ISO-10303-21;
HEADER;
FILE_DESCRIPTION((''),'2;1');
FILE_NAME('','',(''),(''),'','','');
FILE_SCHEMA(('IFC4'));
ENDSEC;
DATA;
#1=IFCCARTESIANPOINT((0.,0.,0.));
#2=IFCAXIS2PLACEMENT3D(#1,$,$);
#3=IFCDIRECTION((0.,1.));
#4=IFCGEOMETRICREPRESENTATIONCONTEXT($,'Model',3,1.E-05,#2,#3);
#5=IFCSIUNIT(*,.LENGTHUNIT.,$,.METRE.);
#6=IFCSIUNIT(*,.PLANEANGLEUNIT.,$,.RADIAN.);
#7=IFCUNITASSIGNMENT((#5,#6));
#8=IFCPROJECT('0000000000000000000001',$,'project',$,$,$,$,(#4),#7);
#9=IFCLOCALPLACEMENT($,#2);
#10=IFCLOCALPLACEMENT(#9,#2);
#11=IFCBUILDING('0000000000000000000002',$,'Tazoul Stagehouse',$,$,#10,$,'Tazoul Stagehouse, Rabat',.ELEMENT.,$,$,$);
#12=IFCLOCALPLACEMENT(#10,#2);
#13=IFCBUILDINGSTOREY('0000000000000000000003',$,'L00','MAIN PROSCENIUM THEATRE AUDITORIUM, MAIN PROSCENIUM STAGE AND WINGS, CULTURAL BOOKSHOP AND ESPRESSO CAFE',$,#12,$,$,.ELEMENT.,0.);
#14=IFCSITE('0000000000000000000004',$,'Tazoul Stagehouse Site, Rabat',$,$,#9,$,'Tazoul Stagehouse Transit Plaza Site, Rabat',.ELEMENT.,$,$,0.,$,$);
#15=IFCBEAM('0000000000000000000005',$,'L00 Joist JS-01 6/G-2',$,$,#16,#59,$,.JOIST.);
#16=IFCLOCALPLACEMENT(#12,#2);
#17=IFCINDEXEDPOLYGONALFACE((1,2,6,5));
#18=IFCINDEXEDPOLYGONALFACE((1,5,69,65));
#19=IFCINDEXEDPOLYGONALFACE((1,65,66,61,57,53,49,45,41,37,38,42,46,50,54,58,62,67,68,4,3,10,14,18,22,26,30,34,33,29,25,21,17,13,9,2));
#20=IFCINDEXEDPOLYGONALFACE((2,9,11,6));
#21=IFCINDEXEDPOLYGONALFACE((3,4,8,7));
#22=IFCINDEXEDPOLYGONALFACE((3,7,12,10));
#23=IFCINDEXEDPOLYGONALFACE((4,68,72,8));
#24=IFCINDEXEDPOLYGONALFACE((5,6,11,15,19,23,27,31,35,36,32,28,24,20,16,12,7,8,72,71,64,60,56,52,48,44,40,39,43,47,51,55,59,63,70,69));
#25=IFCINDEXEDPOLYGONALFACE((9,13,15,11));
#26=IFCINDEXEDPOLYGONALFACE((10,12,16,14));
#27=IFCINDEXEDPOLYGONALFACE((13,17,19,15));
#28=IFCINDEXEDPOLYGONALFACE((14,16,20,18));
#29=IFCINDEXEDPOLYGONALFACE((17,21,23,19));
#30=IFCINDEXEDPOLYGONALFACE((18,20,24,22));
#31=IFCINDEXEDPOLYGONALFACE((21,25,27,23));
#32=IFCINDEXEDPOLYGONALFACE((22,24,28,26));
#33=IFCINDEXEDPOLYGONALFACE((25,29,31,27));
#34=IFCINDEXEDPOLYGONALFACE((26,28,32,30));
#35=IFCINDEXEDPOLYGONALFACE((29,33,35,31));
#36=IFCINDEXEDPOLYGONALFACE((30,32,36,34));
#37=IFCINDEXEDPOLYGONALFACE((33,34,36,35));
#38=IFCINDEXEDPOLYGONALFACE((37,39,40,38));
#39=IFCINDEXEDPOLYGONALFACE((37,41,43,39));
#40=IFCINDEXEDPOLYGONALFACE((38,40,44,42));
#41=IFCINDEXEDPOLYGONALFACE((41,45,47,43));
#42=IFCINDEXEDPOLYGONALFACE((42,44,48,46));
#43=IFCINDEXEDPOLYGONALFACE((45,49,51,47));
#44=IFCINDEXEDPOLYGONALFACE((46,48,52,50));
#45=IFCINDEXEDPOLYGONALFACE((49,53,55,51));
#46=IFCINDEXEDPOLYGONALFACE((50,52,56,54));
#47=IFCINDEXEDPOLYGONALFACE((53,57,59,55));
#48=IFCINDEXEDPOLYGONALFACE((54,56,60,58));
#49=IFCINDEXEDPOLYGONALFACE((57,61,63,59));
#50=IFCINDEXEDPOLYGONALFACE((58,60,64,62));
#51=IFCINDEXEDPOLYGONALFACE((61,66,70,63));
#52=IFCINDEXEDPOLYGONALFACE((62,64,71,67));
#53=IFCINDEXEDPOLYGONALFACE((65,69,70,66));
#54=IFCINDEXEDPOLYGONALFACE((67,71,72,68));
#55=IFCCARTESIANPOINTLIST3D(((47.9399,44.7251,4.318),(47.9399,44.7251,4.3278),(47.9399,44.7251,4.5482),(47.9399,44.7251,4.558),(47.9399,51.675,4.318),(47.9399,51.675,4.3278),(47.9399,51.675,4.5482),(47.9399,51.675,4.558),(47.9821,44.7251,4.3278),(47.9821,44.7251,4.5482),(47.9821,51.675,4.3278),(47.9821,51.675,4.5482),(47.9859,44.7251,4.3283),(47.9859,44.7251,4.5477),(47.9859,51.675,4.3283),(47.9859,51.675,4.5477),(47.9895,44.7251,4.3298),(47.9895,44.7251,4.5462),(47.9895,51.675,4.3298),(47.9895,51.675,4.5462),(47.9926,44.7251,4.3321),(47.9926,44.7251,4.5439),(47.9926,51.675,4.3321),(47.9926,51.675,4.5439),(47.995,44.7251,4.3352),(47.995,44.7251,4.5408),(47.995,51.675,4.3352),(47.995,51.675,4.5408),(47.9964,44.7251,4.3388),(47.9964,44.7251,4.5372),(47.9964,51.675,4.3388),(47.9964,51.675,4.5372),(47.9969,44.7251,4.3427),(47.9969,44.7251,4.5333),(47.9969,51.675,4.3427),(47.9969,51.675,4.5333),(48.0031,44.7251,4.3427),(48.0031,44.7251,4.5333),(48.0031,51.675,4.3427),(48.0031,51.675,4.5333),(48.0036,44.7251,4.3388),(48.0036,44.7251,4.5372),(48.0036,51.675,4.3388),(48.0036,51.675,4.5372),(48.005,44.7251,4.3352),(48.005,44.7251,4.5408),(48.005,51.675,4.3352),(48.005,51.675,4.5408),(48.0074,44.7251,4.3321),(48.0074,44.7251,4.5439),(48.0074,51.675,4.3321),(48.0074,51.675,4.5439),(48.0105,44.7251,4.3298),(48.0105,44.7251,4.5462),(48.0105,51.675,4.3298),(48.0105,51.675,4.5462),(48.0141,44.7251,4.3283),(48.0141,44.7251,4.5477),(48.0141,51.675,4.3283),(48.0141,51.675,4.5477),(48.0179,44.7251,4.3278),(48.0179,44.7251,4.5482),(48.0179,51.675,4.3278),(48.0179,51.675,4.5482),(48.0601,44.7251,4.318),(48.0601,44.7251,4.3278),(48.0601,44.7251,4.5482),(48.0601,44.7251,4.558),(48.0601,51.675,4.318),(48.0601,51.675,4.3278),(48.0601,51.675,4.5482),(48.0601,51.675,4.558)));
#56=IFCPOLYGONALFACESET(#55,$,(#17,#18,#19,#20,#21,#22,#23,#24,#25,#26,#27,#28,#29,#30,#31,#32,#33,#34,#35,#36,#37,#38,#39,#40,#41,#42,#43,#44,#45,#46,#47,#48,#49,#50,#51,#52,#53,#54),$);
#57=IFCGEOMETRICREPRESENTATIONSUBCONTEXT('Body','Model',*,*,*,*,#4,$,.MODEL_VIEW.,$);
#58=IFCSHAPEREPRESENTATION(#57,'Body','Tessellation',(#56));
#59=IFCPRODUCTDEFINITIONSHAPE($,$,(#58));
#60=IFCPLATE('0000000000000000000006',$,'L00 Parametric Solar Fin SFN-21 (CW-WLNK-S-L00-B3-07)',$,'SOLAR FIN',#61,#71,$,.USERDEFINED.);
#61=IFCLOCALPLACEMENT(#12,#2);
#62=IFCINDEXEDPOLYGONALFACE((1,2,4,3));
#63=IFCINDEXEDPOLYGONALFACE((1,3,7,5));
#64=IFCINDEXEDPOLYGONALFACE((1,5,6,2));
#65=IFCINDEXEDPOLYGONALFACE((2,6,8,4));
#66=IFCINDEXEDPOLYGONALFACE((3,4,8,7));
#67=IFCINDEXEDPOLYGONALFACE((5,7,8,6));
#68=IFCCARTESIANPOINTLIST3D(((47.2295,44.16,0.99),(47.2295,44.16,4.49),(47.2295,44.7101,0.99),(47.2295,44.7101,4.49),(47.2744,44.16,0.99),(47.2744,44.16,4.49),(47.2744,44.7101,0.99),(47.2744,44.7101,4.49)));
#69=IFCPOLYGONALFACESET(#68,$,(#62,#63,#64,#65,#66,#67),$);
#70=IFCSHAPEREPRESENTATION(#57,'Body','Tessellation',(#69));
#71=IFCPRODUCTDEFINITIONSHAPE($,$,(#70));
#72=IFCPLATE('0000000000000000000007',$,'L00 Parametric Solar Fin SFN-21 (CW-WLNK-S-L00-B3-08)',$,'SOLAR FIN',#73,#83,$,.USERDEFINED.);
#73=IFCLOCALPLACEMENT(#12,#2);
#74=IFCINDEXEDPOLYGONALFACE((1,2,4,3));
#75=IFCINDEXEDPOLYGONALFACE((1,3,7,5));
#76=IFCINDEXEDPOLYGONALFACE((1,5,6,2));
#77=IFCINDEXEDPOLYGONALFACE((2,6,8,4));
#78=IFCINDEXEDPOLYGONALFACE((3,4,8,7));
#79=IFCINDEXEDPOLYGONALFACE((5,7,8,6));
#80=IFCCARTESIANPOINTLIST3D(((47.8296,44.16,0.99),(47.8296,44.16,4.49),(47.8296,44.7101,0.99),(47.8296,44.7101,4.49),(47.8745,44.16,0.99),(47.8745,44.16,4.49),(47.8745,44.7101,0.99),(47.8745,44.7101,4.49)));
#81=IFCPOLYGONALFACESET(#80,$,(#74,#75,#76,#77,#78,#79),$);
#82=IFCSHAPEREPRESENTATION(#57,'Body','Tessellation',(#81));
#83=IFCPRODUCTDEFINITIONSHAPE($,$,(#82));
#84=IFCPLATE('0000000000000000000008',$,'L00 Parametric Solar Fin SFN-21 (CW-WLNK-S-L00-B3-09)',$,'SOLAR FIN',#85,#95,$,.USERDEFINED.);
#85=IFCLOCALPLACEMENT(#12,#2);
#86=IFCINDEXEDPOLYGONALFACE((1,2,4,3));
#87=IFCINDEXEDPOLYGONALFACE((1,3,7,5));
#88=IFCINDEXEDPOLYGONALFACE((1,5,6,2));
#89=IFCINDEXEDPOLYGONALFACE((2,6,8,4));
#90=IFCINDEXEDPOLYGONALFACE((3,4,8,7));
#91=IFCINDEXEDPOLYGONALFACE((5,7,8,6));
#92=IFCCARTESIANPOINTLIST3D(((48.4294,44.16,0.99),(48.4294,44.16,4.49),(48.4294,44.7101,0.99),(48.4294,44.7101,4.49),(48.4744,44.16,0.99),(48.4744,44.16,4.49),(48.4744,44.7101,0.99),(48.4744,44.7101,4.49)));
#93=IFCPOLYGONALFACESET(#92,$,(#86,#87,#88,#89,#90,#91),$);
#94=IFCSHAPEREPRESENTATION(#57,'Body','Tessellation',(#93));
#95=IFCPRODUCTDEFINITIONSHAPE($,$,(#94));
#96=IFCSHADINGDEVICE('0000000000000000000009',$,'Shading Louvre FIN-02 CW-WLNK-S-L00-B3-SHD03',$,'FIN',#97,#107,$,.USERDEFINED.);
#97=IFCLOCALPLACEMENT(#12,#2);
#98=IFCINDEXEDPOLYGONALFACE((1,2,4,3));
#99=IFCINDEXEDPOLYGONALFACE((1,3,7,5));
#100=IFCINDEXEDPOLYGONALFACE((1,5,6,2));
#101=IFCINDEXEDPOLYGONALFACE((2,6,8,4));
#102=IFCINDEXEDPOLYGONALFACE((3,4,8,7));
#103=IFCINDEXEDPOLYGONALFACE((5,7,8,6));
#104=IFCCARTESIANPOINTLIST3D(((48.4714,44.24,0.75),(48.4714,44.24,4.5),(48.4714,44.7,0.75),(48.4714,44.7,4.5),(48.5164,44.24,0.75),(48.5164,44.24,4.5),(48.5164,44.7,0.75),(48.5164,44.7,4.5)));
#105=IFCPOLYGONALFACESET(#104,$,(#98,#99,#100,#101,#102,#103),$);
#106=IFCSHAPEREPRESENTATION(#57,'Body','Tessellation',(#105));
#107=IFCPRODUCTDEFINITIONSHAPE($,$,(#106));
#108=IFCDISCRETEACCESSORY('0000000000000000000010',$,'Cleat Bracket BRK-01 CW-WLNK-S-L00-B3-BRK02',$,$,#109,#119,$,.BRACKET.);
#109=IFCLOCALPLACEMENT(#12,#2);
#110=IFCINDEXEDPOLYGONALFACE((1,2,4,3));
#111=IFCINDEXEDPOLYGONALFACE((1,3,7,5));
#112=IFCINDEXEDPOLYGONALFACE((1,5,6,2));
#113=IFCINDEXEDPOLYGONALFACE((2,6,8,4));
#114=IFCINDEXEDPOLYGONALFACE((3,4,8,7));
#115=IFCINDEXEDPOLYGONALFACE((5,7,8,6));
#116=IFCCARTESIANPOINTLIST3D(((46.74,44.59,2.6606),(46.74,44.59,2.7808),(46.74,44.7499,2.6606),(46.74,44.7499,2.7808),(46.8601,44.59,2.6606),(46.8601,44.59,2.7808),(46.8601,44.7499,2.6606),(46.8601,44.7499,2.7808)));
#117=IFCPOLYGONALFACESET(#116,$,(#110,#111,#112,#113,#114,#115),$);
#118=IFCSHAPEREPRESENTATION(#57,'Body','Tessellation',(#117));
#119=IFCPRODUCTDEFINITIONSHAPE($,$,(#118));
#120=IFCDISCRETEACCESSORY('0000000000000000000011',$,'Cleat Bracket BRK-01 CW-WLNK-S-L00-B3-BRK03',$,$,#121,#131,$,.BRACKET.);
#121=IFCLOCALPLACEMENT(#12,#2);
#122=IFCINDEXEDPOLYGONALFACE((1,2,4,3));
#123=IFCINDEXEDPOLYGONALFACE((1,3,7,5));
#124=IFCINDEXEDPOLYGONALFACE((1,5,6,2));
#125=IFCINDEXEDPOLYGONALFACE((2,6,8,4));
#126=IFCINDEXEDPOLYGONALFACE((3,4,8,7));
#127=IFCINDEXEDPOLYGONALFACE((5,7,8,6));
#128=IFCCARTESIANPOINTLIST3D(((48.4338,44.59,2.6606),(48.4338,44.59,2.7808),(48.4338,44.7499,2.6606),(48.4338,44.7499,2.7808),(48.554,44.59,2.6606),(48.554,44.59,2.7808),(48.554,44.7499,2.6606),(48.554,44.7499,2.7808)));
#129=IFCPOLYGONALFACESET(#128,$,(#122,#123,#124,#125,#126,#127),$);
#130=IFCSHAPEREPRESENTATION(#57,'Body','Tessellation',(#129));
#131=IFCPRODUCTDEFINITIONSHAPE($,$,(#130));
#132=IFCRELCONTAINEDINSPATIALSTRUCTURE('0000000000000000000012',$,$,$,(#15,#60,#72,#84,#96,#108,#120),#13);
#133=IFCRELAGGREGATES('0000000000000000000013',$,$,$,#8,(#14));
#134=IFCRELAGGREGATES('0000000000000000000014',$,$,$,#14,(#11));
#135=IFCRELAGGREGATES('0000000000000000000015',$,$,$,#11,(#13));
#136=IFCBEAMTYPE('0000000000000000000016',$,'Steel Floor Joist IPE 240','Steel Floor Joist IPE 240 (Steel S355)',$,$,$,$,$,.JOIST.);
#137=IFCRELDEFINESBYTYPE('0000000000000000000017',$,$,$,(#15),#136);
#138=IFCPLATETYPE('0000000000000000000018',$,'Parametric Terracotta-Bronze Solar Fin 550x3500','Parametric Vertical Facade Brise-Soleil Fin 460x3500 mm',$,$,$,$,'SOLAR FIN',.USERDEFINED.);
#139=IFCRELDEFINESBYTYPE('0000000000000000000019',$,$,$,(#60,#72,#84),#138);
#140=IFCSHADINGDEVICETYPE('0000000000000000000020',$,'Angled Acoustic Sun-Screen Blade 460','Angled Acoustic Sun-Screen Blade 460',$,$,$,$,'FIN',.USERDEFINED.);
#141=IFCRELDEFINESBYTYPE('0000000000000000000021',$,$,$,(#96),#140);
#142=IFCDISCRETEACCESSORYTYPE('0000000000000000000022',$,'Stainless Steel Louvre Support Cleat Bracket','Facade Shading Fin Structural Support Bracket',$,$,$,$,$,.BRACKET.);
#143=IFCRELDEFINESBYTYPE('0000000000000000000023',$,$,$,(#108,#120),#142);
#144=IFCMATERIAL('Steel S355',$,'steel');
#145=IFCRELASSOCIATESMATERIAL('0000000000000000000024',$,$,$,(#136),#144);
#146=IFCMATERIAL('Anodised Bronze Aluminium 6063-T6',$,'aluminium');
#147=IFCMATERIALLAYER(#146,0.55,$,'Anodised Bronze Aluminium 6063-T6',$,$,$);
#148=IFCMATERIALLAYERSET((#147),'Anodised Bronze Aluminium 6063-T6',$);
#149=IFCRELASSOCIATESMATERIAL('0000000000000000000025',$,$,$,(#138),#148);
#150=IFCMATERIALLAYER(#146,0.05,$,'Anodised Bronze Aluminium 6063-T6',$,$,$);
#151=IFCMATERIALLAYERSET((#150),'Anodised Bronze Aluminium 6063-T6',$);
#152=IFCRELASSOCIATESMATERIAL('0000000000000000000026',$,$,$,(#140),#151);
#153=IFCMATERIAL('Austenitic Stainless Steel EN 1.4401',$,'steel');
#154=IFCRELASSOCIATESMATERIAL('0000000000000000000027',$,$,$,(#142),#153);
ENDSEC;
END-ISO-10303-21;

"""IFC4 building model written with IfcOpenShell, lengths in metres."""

from ifc_helpers import new_model, si_unit, direction, frame, origin, origin_2d, place, context, subcontext, project, spatial, rectangle, i_section, extrude, material, layer, layer_set, material_profile, profile_set, type_object, element, save


model = new_model("IFC4")

# Units and contexts
model_context = context("Model", 3, precision=1e-05, world=origin(), true_north=direction((0.0, 1.0)))
body_context = subcontext(model_context, "Body", "Model", "MODEL_VIEW")
ifc_project = project(units=[si_unit("LENGTHUNIT", "METRE"), si_unit("PLANEANGLEUNIT", "RADIAN")], contexts=[model_context])

# Site, building, storey
site_placement = place(None, origin())
site = spatial("IfcSite", under=ifc_project, at=site_placement, Name="Tazoul Stagehouse Site, Rabat", LongName="Tazoul Stagehouse Transit Plaza Site, Rabat", CompositionType="ELEMENT", RefElevation=0.0)
building_placement = place(site_placement, origin())
building = spatial("IfcBuilding", under=site, at=building_placement, Name="Tazoul Stagehouse", LongName="Tazoul Stagehouse, Rabat", CompositionType="ELEMENT")
storey_placement = place(building_placement, origin())
storey = spatial("IfcBuildingStorey", under=building, at=storey_placement, Name="L00", Description="MAIN PROSCENIUM THEATRE AUDITORIUM, MAIN PROSCENIUM STAGE AND WINGS, CULTURAL BOOKSHOP AND ESPRESSO CAFE", CompositionType="ELEMENT", Elevation=0.0)

# Beam
ifc_material_1 = material(Name="Steel S355", Category="steel")
ifc_material_profile = material_profile(ifc_material_1, i_section(OverallWidth=0.1201, OverallDepth=0.24, WebThickness=0.0061, FlangeThickness=0.0098, FilletRadius=0.0149, at=origin_2d()), Name="IPE 240")
ifc_profile_set = profile_set([ifc_material_profile], Name="Steel S355")
beam_type = type_object("IfcBeamType", Name="Steel Floor Joist IPE 240", Description="Steel Floor Joist IPE 240 (Steel S355)", PredefinedType="JOIST", material=ifc_profile_set)
beam_placement = place(storey_placement, frame((48.0, 44.7251, 4.438), z_axis=(0.0, 1.0, 0.0), x_axis=(-1.0, 0.0, 0.0)))
element("IfcBeam", 1, at=beam_placement, inside=storey, type_object=beam_type, Name="L00 Joist JS-01 6/G-2", PredefinedType="JOIST", context=body_context, shape_type="SweptSolid", body=[
    extrude(i_section(OverallWidth=0.1201, OverallDepth=0.24, WebThickness=0.0061, FlangeThickness=0.0098, FilletRadius=0.0149, at=origin_2d()), origin(), (0.0, 0.0, 1.0), 6.95),
])

# Plates
ifc_material_2 = material(Name="Anodised Bronze Aluminium 6063-T6", Category="aluminium")
ifc_layer_1 = layer(ifc_material_2, 0.55, Name="Anodised Bronze Aluminium 6063-T6")
ifc_layer_set_1 = layer_set([ifc_layer_1], Name="Anodised Bronze Aluminium 6063-T6")
plate_type = type_object("IfcPlateType", Name="Parametric Terracotta-Bronze Solar Fin 550x3500", Description="Parametric Vertical Facade Brise-Soleil Fin 460x3500 mm", ElementType="SOLAR FIN", PredefinedType="USERDEFINED", material=ifc_layer_set_1)
for number, where, z_axis, x_axis, name in (
    (2, (47.252, 44.4351, 0.99), (0.0, 0.0, 1.0), (1.0, 0.0, 0.0), "L00 Parametric Solar Fin SFN-21 (CW-WLNK-S-L00-B3-07)"),
    (3, (47.8521, 44.4351, 0.99), (0.0, 0.0, 1.0), (1.0, 0.0, 0.0), "L00 Parametric Solar Fin SFN-21 (CW-WLNK-S-L00-B3-08)"),
    (4, (48.4519, 44.4351, 0.99), (0.0, 0.0, 1.0), (1.0, 0.0, 0.0), "L00 Parametric Solar Fin SFN-21 (CW-WLNK-S-L00-B3-09)"),
):
    element("IfcPlate", number, at=place(storey_placement, frame(where, z_axis=z_axis, x_axis=x_axis)), inside=storey, type_object=plate_type, Name=name, ObjectType="SOLAR FIN", PredefinedType="USERDEFINED", context=body_context, shape_type="SweptSolid", body=[
        extrude(rectangle(XDim=0.0449, YDim=0.55, at=origin_2d()), origin(), (0.0, 0.0, 1.0), 3.5),
    ])

# Shading device
ifc_layer_2 = layer(ifc_material_2, 0.05, Name="Anodised Bronze Aluminium 6063-T6")
ifc_layer_set_2 = layer_set([ifc_layer_2], Name="Anodised Bronze Aluminium 6063-T6")
shading_device_type = type_object("IfcShadingDeviceType", Name="Angled Acoustic Sun-Screen Blade 460", Description="Angled Acoustic Sun-Screen Blade 460", ElementType="FIN", PredefinedType="USERDEFINED", material=ifc_layer_set_2)
shading_device_placement = place(storey_placement, frame((48.4939, 44.47, 0.75), z_axis=(0.0, 0.0, 1.0), x_axis=(1.0, 0.0, 0.0)))
element("IfcShadingDevice", 5, at=shading_device_placement, inside=storey, type_object=shading_device_type, Name="Shading Louvre FIN-02 CW-WLNK-S-L00-B3-SHD03", ObjectType="FIN", PredefinedType="USERDEFINED", context=body_context, shape_type="SweptSolid", body=[
    extrude(rectangle(XDim=0.0449, YDim=0.46, at=origin_2d()), origin(), (0.0, 0.0, 1.0), 3.75),
])

# Discrete accessories
ifc_material_3 = material(Name="Austenitic Stainless Steel EN 1.4401", Category="steel")
discrete_accessory_type = type_object("IfcDiscreteAccessoryType", Name="Stainless Steel Louvre Support Cleat Bracket", Description="Facade Shading Fin Structural Support Bracket", PredefinedType="BRACKET", material=ifc_material_3)
for number, where, z_axis, x_axis, name in (
    (6, (46.8, 44.6699, 2.6606), (0.0, 0.0, 1.0), (1.0, 0.0, 0.0), "Cleat Bracket BRK-01 CW-WLNK-S-L00-B3-BRK02"),
    (7, (48.4939, 44.6699, 2.6606), (0.0, 0.0, 1.0), (1.0, 0.0, 0.0), "Cleat Bracket BRK-01 CW-WLNK-S-L00-B3-BRK03"),
):
    element("IfcDiscreteAccessory", number, at=place(storey_placement, frame(where, z_axis=z_axis, x_axis=x_axis)), inside=storey, type_object=discrete_accessory_type, Name=name, PredefinedType="BRACKET", context=body_context, shape_type="SweptSolid", body=[
        extrude(rectangle(XDim=0.1201, YDim=0.1599, at=origin_2d()), origin(), (0.0, 0.0, 1.0), 0.1201),
    ])

save(model, "model.ifc")
